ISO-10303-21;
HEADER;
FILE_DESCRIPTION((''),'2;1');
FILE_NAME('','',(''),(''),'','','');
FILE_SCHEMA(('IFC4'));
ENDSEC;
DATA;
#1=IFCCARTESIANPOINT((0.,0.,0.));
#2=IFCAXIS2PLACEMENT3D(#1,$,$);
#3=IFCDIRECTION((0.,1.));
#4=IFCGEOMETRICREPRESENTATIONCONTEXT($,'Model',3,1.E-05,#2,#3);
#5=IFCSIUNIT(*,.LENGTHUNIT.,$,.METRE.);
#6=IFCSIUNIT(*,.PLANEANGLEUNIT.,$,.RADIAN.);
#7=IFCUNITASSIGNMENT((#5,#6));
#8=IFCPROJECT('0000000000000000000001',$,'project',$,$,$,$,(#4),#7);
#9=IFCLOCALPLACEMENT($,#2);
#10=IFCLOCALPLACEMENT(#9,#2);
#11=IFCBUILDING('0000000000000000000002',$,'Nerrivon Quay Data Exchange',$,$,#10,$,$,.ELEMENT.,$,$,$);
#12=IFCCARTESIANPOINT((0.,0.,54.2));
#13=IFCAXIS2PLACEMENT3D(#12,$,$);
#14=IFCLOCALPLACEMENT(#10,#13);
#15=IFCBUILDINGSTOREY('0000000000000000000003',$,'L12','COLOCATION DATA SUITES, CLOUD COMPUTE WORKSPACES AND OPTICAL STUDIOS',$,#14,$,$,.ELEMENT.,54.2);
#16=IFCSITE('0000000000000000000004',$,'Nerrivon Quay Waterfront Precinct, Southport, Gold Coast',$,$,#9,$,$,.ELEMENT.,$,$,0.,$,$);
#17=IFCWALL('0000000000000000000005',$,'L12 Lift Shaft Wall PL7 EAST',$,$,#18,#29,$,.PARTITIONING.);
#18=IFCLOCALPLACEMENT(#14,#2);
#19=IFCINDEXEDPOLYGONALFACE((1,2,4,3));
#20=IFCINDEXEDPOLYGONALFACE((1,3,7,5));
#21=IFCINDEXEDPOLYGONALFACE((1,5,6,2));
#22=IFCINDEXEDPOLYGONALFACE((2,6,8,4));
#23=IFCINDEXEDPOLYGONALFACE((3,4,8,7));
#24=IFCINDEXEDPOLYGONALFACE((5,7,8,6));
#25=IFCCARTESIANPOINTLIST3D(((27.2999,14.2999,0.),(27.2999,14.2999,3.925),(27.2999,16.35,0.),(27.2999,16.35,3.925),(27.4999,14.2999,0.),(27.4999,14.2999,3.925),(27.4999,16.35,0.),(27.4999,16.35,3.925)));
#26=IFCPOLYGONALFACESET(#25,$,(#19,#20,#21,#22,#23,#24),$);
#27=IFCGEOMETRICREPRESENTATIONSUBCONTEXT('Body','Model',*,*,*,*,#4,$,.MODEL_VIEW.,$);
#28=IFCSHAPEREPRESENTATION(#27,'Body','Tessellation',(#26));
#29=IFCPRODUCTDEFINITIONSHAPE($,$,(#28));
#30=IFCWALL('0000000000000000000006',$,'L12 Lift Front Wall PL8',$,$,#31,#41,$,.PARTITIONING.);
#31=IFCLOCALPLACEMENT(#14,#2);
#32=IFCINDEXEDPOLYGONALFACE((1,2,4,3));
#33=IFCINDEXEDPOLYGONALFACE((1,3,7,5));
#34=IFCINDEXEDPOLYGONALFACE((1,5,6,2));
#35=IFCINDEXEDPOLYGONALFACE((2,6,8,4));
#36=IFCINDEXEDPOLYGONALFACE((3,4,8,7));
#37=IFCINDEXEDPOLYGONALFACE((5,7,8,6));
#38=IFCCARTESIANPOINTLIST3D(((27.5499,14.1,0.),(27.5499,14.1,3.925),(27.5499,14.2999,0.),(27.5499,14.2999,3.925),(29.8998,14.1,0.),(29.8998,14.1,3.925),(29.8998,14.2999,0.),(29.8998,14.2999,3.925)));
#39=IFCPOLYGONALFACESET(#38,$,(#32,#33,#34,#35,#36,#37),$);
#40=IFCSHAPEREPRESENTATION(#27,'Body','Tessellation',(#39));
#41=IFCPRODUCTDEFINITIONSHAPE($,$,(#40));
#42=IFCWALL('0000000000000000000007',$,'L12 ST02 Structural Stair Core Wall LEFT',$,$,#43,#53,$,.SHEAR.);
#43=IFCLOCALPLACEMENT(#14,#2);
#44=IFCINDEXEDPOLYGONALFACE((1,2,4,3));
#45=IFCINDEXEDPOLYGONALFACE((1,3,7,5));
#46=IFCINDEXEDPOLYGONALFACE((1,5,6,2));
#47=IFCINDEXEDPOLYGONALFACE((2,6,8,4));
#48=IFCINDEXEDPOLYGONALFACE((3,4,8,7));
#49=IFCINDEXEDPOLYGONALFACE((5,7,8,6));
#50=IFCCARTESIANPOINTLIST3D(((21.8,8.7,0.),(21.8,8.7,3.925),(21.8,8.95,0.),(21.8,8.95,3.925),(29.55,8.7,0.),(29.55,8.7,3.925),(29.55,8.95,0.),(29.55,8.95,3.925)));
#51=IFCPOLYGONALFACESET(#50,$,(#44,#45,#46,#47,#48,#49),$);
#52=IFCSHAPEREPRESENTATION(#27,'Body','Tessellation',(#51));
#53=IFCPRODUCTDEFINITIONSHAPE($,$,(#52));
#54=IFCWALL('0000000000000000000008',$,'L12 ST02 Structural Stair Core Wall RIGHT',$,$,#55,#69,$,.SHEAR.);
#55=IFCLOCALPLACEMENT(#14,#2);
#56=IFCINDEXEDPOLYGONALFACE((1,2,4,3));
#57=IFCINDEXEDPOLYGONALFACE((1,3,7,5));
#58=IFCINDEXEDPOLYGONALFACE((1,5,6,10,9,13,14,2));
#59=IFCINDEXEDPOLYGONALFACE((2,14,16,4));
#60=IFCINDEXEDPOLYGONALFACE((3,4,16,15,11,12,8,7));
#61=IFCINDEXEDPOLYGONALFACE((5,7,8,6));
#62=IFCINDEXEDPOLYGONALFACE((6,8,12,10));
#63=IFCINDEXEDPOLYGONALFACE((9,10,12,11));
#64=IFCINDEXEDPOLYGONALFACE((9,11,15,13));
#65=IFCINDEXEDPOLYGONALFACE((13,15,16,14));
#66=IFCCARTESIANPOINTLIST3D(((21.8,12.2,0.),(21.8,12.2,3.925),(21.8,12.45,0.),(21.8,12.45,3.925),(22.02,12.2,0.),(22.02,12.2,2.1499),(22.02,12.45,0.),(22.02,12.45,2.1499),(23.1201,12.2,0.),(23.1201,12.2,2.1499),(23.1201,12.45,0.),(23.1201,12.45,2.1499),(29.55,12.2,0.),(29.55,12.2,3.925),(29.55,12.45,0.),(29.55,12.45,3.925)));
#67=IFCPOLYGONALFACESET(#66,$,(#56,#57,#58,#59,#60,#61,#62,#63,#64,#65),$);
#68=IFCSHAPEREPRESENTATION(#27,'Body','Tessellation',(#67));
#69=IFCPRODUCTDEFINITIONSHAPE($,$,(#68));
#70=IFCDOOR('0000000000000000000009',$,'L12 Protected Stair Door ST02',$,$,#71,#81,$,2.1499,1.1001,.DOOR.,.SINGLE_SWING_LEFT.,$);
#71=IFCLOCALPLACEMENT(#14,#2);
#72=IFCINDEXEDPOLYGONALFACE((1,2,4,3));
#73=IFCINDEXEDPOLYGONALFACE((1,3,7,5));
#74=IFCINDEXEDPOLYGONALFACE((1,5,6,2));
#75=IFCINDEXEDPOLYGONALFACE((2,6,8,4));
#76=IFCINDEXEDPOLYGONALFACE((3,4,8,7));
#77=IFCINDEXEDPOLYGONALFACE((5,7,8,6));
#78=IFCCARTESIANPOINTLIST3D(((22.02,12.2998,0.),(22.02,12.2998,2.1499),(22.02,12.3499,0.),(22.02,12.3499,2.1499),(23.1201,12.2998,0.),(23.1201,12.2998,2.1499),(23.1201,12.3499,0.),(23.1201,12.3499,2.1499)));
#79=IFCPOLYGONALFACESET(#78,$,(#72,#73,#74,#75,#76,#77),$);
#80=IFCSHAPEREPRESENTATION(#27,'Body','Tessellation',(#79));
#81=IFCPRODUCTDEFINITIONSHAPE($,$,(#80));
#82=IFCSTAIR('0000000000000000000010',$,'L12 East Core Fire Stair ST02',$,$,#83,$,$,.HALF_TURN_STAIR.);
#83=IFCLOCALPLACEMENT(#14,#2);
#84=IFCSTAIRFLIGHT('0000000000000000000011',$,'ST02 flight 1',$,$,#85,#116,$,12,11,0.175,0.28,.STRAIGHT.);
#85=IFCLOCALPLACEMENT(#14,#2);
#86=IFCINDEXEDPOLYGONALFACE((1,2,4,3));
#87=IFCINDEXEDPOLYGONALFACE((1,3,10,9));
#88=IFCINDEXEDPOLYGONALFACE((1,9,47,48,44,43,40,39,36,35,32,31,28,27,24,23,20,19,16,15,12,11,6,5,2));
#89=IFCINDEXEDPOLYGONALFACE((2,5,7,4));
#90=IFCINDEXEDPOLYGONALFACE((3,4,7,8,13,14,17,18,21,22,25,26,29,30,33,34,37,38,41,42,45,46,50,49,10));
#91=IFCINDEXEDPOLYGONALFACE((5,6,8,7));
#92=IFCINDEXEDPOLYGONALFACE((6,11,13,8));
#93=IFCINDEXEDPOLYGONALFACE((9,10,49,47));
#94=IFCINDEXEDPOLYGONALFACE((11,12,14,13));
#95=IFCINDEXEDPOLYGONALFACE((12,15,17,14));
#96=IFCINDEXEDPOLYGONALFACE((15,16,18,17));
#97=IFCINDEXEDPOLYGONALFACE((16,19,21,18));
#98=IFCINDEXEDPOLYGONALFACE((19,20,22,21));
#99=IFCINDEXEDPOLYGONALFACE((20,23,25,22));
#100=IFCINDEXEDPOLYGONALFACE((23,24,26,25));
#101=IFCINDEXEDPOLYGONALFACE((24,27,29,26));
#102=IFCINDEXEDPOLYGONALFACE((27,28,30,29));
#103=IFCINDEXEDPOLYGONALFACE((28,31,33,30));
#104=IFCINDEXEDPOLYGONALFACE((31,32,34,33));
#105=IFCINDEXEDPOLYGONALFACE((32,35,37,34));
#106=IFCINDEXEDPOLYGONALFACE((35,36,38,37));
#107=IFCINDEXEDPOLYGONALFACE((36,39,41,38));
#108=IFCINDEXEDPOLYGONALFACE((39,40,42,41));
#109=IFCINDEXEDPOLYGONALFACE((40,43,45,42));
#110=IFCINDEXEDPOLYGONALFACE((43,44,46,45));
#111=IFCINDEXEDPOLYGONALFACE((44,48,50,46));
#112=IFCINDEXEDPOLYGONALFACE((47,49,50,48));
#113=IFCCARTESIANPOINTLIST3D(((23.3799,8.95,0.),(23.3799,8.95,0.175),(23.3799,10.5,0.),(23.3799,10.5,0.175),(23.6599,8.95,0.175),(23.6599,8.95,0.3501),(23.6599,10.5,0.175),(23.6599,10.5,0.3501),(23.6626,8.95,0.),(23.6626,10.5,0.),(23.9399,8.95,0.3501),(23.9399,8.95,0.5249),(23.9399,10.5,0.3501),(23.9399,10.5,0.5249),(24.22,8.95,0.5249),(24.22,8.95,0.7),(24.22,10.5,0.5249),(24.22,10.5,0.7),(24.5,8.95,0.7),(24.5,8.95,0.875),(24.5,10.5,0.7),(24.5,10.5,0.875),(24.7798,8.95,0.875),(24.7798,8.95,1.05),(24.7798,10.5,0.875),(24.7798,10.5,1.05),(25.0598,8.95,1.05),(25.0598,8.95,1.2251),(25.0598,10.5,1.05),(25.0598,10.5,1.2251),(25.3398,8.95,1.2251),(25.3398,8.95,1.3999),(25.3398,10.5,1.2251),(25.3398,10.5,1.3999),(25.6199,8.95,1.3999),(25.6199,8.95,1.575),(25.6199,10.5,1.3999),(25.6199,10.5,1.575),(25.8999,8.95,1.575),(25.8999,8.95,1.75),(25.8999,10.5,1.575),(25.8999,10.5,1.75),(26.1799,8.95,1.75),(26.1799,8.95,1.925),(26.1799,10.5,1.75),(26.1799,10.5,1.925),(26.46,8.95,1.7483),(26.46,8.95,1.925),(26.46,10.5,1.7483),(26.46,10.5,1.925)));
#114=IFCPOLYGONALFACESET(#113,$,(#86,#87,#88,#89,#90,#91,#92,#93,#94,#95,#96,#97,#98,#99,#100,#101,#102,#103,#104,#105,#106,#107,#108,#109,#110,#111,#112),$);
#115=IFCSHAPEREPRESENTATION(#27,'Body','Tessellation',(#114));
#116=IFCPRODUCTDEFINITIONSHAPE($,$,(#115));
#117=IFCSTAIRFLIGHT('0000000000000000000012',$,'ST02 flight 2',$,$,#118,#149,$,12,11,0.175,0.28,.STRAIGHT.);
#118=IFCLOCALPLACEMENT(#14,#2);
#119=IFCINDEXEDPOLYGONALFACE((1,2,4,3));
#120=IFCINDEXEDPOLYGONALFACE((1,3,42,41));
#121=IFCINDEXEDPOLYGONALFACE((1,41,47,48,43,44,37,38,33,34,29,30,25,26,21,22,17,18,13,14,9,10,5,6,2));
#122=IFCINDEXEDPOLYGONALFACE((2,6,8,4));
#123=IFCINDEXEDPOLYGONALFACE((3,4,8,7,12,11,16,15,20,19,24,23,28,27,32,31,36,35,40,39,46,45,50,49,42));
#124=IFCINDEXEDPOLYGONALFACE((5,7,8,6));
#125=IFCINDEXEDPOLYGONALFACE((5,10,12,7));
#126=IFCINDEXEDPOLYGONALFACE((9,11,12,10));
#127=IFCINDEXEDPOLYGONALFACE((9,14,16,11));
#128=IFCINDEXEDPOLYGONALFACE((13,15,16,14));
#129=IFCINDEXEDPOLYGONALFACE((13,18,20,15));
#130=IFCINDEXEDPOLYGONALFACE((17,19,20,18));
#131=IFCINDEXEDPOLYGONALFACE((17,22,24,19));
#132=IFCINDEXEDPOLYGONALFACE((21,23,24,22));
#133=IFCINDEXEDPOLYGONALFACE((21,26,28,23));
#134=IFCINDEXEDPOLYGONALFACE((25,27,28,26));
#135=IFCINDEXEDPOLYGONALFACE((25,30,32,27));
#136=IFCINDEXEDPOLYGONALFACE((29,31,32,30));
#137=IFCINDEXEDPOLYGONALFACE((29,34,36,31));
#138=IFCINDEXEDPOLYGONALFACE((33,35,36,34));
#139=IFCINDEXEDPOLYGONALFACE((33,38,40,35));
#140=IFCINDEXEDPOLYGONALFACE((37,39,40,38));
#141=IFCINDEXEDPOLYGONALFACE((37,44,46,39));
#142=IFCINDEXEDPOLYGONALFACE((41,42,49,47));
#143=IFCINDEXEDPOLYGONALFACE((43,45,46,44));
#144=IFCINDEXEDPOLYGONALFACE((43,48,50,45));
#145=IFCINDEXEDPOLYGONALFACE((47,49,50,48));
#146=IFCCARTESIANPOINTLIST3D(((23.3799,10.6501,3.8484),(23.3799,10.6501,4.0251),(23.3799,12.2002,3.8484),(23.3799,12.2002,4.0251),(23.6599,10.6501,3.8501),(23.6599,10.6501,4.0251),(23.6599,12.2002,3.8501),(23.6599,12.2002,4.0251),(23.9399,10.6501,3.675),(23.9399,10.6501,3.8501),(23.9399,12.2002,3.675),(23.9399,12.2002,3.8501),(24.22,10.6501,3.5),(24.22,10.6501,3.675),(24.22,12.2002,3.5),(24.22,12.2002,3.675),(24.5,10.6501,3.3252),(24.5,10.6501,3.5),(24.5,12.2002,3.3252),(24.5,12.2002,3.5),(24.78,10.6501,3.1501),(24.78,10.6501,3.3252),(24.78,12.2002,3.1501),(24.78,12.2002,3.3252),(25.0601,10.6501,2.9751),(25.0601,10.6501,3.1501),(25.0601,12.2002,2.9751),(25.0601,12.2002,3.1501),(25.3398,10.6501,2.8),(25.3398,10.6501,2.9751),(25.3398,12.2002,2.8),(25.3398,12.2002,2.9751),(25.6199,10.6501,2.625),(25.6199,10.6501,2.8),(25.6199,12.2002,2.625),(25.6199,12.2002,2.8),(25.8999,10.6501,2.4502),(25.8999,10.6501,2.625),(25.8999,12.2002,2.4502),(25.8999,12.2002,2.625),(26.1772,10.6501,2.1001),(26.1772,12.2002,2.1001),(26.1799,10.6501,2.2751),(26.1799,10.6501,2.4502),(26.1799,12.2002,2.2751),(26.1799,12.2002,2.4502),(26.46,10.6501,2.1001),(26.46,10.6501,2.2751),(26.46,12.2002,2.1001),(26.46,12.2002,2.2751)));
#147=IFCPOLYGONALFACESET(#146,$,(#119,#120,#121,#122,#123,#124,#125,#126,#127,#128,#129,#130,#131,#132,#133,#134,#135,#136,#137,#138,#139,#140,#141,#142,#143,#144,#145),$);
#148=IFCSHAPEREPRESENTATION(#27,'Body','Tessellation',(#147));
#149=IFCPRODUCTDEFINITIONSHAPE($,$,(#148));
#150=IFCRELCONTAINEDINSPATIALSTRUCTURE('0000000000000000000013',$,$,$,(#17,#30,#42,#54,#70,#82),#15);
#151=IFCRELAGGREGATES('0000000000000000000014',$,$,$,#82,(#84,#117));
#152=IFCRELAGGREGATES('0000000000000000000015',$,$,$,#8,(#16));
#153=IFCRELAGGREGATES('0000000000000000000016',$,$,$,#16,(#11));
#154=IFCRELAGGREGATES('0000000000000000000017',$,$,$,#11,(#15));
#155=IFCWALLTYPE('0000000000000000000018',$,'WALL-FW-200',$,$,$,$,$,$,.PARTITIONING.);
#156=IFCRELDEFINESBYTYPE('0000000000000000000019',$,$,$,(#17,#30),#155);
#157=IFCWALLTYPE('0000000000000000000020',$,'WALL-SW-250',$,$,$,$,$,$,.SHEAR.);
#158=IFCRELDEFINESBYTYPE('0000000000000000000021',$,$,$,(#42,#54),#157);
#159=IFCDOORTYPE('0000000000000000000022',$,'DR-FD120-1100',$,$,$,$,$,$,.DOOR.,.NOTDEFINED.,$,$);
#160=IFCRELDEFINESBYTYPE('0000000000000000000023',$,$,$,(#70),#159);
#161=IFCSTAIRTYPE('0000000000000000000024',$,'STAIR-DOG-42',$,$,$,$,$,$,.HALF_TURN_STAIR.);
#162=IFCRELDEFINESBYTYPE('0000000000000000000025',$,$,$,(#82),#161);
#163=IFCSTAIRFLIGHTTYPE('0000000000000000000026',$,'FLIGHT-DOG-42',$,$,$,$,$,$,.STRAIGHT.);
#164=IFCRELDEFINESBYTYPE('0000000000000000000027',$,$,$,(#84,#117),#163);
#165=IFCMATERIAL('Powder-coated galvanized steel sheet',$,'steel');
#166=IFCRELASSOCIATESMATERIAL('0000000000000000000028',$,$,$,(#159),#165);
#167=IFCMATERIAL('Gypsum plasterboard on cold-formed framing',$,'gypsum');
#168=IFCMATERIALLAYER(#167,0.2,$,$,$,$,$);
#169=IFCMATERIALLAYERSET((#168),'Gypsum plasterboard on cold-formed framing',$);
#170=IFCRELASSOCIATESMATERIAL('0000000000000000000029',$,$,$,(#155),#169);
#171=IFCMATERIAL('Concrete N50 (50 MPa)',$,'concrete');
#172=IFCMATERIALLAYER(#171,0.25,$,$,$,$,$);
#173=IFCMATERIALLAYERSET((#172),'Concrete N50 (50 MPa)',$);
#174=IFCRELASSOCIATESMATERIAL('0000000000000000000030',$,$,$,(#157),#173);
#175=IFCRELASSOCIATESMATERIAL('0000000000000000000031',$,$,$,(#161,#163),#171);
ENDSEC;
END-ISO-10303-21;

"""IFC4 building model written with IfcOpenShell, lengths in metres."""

from ifc_helpers import new_model, si_unit, direction, frame, frame_2d, origin, place, context, subcontext, project, spatial, polyline, rectangle, outline, extrude, material, layer, layer_set, type_object, element, fill, aggregate, save


model = new_model("IFC4")

# Units and contexts
model_context = context("Model", 3, precision=1e-05, world=origin(), true_north=direction((0.0, 1.0)))
body_context = subcontext(model_context, "Body", "Model", "MODEL_VIEW")
ifc_project = project(units=[si_unit("LENGTHUNIT", "METRE"), si_unit("PLANEANGLEUNIT", "RADIAN")], contexts=[model_context])

# Site, building, storey
site_placement = place(None, origin())
site = spatial("IfcSite", under=ifc_project, at=site_placement, Name="Nerrivon Quay Waterfront Precinct, Southport, Gold Coast", CompositionType="ELEMENT", RefElevation=0.0)
building_placement = place(site_placement, origin())
building = spatial("IfcBuilding", under=site, at=building_placement, Name="Nerrivon Quay Data Exchange", CompositionType="ELEMENT")
storey_placement = place(building_placement, frame((0.0, 0.0, 54.2)))
storey = spatial("IfcBuildingStorey", under=building, at=storey_placement, Name="L12", Description="COLOCATION DATA SUITES, CLOUD COMPUTE WORKSPACES AND OPTICAL STUDIOS", CompositionType="ELEMENT", Elevation=54.2)

# Shared definitions
ifc_material_1 = material(Name="Powder-coated galvanized steel sheet", Category="steel")
door_type_1 = type_object("IfcDoorType", Name="DR-FD120-1100", OperationType="NOTDEFINED", PredefinedType="DOOR", material=ifc_material_1)

# Shared definitions
ifc_material_2 = material(Name="Gypsum plasterboard on cold-formed framing", Category="gypsum")
ifc_layer_1 = layer(ifc_material_2, 0.2)
ifc_layer_set_1 = layer_set([ifc_layer_1], Name="Gypsum plasterboard on cold-formed framing")
wall_type_1 = type_object("IfcWallType", Name="WALL-FW-200", PredefinedType="PARTITIONING", material=ifc_layer_set_1)

# Walls
wall_1_placement = place(storey_placement, frame((27.3999, 14.3, 0.0), z_axis=(0.0, 0.0, 1.0), x_axis=(0.0, 1.0, 0.0)))
element("IfcWall", 1, at=wall_1_placement, inside=storey, type_object=wall_type_1, Name="L12 Lift Shaft Wall PL7 EAST", PredefinedType="PARTITIONING", context=body_context, shape_type="SweptSolid", body=[
    extrude(rectangle(XDim=2.05, YDim=0.2, at=frame_2d((1.0249, 0.0))), origin(), (0.0, 0.0, 1.0), 3.925),
])
wall_2_placement = place(storey_placement, frame((27.55, 14.2, 0.0), z_axis=(0.0, 0.0, 1.0), x_axis=(1.0, 0.0, 0.0)))
element("IfcWall", 2, at=wall_2_placement, inside=storey, type_object=wall_type_1, Name="L12 Lift Front Wall PL8", PredefinedType="PARTITIONING", context=body_context, shape_type="SweptSolid", body=[
    extrude(rectangle(XDim=2.3499, YDim=0.2, at=frame_2d((1.1748, 0.0))), origin(), (0.0, 0.0, 1.0), 3.925),
])
ifc_material_3 = material(Name="Concrete N50 (50 MPa)", Category="concrete")
ifc_layer_2 = layer(ifc_material_3, 0.25)
ifc_layer_set_2 = layer_set([ifc_layer_2], Name="Concrete N50 (50 MPa)")
wall_type_2 = type_object("IfcWallType", Name="WALL-SW-250", PredefinedType="SHEAR", material=ifc_layer_set_2)
wall_3_placement = place(storey_placement, frame((21.8, 8.825, 0.0), z_axis=(0.0, 0.0, 1.0), x_axis=(1.0, 0.0, 0.0)))
element("IfcWall", 3, at=wall_3_placement, inside=storey, type_object=wall_type_2, Name="L12 ST02 Structural Stair Core Wall LEFT", PredefinedType="SHEAR", context=body_context, shape_type="SweptSolid", body=[
    extrude(rectangle(XDim=7.75, YDim=0.25, at=frame_2d((3.875, 0.0))), origin(), (0.0, 0.0, 1.0), 3.925),
])

# Wall, opening, door
wall_4_placement = place(storey_placement, frame((21.8, 12.325, 0.0), z_axis=(0.0, 0.0, 1.0), x_axis=(1.0, 0.0, 0.0)))
wall_4 = element("IfcWall", 4, at=wall_4_placement, inside=storey, type_object=wall_type_2, Name="L12 ST02 Structural Stair Core Wall RIGHT", PredefinedType="SHEAR", context=body_context, shape_type="SweptSolid", body=[
    extrude(rectangle(XDim=7.75, YDim=0.25, at=frame_2d((3.875, 0.0))), origin(), (0.0, 0.0, 1.0), 3.925),
])
opening_1_placement = place(wall_4_placement, frame((0.22, 0.0, 0.0)))
opening_1 = element("IfcOpeningElement", 5, at=opening_1_placement, cuts=wall_4, PredefinedType="OPENING", context=body_context, shape_type="SweptSolid", body=[
    extrude(rectangle(XDim=1.1001, YDim=2.1499, at=frame_2d((0.55, 1.075))), frame((0.0, 0.135, 0.0), z_axis=(0.0, -1.0, 0.0), x_axis=(1.0, 0.0, 0.0)), (0.0, 0.0, 1.0), 0.27),
])
door_1_placement = place(opening_1_placement, origin())
door_1 = element("IfcDoor", 6, at=door_1_placement, inside=storey, type_object=door_type_1, Name="L12 Protected Stair Door ST02", OperationType="SINGLE_SWING_LEFT", OverallHeight=2.1499, OverallWidth=1.1001, PredefinedType="DOOR", context=body_context, shape_type="SweptSolid", body=[
    extrude(rectangle(XDim=1.1001, YDim=2.1499, at=frame_2d((0.55, 1.075))), frame((0.0, 0.0249, 0.0), z_axis=(0.0, -1.0, 0.0), x_axis=(1.0, 0.0, 0.0)), (0.0, 0.0, 1.0), 0.05),
])
fill(opening_1, door_1)

# Stair, stair flights
stair_type = type_object("IfcStairType", Name="STAIR-DOG-42", PredefinedType="HALF_TURN_STAIR", material=ifc_material_3)
stair_placement = place(storey_placement, origin())
stair = element("IfcStair", 7, at=stair_placement, inside=storey, type_object=stair_type, Name="L12 East Core Fire Stair ST02", PredefinedType="HALF_TURN_STAIR")
stair_flight_type = type_object("IfcStairFlightType", Name="FLIGHT-DOG-42", PredefinedType="STRAIGHT", material=ifc_material_3)
stair_flight_1_placement = place(storey_placement, frame((23.3799, 9.7251, 0.0), z_axis=(0.0, 0.0, 1.0), x_axis=(1.0, 0.0, 0.0)))
stair_flight_1 = element("IfcStairFlight", 8, at=stair_flight_1_placement, type_object=stair_flight_type, Name="ST02 flight 1", NumberOfRisers=12, NumberOfTreads=11, PredefinedType="STRAIGHT", RiserHeight=0.175, TreadLength=0.28, context=body_context, shape_type="SweptSolid", body=[
    extrude(outline(polyline([(0.0, 0.0), (0.0, 0.175), (0.28, 0.175), (0.28, 0.3501), (0.5601, 0.3501), (0.5601, 0.5249), (0.8401, 0.5249), (0.8401, 0.7), (1.1201, 0.7), (1.1201, 0.875), (1.3999, 0.875), (1.3999, 1.05), (1.6799, 1.05), (1.6799, 1.2251), (1.96, 1.2251), (1.96, 1.3999), (2.24, 1.3999), (2.24, 1.575), (2.52, 1.575), (2.52, 1.75), (2.8, 1.75), (2.8, 1.925), (3.0801, 1.925), (3.0801, 2.1001), (3.0801, 1.7483), (0.2827, 0.0), (0.0, 0.0)])), frame((0.0, 0.7749, 0.0), z_axis=(0.0, -1.0, 0.0), x_axis=(1.0, 0.0, 0.0)), (0.0, 0.0, 1.0), 1.55),
])
stair_flight_2_placement = place(storey_placement, frame((26.46, 11.425, 2.1001), z_axis=(0.0, 0.0, 1.0), x_axis=(-1.0, 0.0, 0.0)))
stair_flight_2 = element("IfcStairFlight", 9, at=stair_flight_2_placement, type_object=stair_flight_type, Name="ST02 flight 2", NumberOfRisers=12, NumberOfTreads=11, PredefinedType="STRAIGHT", RiserHeight=0.175, TreadLength=0.28, context=body_context, shape_type="SweptSolid", body=[
    extrude(outline(polyline([(0.0, 0.0), (0.0, 0.175), (0.28, 0.175), (0.28, 0.3501), (0.5601, 0.3501), (0.5601, 0.5249), (0.8401, 0.5249), (0.8401, 0.7), (1.1201, 0.7), (1.1201, 0.875), (1.3999, 0.875), (1.3999, 1.05), (1.6799, 1.05), (1.6799, 1.2251), (1.96, 1.2251), (1.96, 1.3999), (2.24, 1.3999), (2.24, 1.575), (2.52, 1.575), (2.52, 1.75), (2.8, 1.75), (2.8, 1.925), (3.0801, 1.925), (3.0801, 2.1001), (3.0801, 1.7483), (0.2827, 0.0), (0.0, 0.0)])), frame((0.0, 0.7749, 0.0), z_axis=(0.0, -1.0, 0.0), x_axis=(1.0, 0.0, 0.0)), (0.0, 0.0, 1.0), 1.55),
])
aggregate(stair, [stair_flight_1, stair_flight_2])

save(model, "model.ifc")
